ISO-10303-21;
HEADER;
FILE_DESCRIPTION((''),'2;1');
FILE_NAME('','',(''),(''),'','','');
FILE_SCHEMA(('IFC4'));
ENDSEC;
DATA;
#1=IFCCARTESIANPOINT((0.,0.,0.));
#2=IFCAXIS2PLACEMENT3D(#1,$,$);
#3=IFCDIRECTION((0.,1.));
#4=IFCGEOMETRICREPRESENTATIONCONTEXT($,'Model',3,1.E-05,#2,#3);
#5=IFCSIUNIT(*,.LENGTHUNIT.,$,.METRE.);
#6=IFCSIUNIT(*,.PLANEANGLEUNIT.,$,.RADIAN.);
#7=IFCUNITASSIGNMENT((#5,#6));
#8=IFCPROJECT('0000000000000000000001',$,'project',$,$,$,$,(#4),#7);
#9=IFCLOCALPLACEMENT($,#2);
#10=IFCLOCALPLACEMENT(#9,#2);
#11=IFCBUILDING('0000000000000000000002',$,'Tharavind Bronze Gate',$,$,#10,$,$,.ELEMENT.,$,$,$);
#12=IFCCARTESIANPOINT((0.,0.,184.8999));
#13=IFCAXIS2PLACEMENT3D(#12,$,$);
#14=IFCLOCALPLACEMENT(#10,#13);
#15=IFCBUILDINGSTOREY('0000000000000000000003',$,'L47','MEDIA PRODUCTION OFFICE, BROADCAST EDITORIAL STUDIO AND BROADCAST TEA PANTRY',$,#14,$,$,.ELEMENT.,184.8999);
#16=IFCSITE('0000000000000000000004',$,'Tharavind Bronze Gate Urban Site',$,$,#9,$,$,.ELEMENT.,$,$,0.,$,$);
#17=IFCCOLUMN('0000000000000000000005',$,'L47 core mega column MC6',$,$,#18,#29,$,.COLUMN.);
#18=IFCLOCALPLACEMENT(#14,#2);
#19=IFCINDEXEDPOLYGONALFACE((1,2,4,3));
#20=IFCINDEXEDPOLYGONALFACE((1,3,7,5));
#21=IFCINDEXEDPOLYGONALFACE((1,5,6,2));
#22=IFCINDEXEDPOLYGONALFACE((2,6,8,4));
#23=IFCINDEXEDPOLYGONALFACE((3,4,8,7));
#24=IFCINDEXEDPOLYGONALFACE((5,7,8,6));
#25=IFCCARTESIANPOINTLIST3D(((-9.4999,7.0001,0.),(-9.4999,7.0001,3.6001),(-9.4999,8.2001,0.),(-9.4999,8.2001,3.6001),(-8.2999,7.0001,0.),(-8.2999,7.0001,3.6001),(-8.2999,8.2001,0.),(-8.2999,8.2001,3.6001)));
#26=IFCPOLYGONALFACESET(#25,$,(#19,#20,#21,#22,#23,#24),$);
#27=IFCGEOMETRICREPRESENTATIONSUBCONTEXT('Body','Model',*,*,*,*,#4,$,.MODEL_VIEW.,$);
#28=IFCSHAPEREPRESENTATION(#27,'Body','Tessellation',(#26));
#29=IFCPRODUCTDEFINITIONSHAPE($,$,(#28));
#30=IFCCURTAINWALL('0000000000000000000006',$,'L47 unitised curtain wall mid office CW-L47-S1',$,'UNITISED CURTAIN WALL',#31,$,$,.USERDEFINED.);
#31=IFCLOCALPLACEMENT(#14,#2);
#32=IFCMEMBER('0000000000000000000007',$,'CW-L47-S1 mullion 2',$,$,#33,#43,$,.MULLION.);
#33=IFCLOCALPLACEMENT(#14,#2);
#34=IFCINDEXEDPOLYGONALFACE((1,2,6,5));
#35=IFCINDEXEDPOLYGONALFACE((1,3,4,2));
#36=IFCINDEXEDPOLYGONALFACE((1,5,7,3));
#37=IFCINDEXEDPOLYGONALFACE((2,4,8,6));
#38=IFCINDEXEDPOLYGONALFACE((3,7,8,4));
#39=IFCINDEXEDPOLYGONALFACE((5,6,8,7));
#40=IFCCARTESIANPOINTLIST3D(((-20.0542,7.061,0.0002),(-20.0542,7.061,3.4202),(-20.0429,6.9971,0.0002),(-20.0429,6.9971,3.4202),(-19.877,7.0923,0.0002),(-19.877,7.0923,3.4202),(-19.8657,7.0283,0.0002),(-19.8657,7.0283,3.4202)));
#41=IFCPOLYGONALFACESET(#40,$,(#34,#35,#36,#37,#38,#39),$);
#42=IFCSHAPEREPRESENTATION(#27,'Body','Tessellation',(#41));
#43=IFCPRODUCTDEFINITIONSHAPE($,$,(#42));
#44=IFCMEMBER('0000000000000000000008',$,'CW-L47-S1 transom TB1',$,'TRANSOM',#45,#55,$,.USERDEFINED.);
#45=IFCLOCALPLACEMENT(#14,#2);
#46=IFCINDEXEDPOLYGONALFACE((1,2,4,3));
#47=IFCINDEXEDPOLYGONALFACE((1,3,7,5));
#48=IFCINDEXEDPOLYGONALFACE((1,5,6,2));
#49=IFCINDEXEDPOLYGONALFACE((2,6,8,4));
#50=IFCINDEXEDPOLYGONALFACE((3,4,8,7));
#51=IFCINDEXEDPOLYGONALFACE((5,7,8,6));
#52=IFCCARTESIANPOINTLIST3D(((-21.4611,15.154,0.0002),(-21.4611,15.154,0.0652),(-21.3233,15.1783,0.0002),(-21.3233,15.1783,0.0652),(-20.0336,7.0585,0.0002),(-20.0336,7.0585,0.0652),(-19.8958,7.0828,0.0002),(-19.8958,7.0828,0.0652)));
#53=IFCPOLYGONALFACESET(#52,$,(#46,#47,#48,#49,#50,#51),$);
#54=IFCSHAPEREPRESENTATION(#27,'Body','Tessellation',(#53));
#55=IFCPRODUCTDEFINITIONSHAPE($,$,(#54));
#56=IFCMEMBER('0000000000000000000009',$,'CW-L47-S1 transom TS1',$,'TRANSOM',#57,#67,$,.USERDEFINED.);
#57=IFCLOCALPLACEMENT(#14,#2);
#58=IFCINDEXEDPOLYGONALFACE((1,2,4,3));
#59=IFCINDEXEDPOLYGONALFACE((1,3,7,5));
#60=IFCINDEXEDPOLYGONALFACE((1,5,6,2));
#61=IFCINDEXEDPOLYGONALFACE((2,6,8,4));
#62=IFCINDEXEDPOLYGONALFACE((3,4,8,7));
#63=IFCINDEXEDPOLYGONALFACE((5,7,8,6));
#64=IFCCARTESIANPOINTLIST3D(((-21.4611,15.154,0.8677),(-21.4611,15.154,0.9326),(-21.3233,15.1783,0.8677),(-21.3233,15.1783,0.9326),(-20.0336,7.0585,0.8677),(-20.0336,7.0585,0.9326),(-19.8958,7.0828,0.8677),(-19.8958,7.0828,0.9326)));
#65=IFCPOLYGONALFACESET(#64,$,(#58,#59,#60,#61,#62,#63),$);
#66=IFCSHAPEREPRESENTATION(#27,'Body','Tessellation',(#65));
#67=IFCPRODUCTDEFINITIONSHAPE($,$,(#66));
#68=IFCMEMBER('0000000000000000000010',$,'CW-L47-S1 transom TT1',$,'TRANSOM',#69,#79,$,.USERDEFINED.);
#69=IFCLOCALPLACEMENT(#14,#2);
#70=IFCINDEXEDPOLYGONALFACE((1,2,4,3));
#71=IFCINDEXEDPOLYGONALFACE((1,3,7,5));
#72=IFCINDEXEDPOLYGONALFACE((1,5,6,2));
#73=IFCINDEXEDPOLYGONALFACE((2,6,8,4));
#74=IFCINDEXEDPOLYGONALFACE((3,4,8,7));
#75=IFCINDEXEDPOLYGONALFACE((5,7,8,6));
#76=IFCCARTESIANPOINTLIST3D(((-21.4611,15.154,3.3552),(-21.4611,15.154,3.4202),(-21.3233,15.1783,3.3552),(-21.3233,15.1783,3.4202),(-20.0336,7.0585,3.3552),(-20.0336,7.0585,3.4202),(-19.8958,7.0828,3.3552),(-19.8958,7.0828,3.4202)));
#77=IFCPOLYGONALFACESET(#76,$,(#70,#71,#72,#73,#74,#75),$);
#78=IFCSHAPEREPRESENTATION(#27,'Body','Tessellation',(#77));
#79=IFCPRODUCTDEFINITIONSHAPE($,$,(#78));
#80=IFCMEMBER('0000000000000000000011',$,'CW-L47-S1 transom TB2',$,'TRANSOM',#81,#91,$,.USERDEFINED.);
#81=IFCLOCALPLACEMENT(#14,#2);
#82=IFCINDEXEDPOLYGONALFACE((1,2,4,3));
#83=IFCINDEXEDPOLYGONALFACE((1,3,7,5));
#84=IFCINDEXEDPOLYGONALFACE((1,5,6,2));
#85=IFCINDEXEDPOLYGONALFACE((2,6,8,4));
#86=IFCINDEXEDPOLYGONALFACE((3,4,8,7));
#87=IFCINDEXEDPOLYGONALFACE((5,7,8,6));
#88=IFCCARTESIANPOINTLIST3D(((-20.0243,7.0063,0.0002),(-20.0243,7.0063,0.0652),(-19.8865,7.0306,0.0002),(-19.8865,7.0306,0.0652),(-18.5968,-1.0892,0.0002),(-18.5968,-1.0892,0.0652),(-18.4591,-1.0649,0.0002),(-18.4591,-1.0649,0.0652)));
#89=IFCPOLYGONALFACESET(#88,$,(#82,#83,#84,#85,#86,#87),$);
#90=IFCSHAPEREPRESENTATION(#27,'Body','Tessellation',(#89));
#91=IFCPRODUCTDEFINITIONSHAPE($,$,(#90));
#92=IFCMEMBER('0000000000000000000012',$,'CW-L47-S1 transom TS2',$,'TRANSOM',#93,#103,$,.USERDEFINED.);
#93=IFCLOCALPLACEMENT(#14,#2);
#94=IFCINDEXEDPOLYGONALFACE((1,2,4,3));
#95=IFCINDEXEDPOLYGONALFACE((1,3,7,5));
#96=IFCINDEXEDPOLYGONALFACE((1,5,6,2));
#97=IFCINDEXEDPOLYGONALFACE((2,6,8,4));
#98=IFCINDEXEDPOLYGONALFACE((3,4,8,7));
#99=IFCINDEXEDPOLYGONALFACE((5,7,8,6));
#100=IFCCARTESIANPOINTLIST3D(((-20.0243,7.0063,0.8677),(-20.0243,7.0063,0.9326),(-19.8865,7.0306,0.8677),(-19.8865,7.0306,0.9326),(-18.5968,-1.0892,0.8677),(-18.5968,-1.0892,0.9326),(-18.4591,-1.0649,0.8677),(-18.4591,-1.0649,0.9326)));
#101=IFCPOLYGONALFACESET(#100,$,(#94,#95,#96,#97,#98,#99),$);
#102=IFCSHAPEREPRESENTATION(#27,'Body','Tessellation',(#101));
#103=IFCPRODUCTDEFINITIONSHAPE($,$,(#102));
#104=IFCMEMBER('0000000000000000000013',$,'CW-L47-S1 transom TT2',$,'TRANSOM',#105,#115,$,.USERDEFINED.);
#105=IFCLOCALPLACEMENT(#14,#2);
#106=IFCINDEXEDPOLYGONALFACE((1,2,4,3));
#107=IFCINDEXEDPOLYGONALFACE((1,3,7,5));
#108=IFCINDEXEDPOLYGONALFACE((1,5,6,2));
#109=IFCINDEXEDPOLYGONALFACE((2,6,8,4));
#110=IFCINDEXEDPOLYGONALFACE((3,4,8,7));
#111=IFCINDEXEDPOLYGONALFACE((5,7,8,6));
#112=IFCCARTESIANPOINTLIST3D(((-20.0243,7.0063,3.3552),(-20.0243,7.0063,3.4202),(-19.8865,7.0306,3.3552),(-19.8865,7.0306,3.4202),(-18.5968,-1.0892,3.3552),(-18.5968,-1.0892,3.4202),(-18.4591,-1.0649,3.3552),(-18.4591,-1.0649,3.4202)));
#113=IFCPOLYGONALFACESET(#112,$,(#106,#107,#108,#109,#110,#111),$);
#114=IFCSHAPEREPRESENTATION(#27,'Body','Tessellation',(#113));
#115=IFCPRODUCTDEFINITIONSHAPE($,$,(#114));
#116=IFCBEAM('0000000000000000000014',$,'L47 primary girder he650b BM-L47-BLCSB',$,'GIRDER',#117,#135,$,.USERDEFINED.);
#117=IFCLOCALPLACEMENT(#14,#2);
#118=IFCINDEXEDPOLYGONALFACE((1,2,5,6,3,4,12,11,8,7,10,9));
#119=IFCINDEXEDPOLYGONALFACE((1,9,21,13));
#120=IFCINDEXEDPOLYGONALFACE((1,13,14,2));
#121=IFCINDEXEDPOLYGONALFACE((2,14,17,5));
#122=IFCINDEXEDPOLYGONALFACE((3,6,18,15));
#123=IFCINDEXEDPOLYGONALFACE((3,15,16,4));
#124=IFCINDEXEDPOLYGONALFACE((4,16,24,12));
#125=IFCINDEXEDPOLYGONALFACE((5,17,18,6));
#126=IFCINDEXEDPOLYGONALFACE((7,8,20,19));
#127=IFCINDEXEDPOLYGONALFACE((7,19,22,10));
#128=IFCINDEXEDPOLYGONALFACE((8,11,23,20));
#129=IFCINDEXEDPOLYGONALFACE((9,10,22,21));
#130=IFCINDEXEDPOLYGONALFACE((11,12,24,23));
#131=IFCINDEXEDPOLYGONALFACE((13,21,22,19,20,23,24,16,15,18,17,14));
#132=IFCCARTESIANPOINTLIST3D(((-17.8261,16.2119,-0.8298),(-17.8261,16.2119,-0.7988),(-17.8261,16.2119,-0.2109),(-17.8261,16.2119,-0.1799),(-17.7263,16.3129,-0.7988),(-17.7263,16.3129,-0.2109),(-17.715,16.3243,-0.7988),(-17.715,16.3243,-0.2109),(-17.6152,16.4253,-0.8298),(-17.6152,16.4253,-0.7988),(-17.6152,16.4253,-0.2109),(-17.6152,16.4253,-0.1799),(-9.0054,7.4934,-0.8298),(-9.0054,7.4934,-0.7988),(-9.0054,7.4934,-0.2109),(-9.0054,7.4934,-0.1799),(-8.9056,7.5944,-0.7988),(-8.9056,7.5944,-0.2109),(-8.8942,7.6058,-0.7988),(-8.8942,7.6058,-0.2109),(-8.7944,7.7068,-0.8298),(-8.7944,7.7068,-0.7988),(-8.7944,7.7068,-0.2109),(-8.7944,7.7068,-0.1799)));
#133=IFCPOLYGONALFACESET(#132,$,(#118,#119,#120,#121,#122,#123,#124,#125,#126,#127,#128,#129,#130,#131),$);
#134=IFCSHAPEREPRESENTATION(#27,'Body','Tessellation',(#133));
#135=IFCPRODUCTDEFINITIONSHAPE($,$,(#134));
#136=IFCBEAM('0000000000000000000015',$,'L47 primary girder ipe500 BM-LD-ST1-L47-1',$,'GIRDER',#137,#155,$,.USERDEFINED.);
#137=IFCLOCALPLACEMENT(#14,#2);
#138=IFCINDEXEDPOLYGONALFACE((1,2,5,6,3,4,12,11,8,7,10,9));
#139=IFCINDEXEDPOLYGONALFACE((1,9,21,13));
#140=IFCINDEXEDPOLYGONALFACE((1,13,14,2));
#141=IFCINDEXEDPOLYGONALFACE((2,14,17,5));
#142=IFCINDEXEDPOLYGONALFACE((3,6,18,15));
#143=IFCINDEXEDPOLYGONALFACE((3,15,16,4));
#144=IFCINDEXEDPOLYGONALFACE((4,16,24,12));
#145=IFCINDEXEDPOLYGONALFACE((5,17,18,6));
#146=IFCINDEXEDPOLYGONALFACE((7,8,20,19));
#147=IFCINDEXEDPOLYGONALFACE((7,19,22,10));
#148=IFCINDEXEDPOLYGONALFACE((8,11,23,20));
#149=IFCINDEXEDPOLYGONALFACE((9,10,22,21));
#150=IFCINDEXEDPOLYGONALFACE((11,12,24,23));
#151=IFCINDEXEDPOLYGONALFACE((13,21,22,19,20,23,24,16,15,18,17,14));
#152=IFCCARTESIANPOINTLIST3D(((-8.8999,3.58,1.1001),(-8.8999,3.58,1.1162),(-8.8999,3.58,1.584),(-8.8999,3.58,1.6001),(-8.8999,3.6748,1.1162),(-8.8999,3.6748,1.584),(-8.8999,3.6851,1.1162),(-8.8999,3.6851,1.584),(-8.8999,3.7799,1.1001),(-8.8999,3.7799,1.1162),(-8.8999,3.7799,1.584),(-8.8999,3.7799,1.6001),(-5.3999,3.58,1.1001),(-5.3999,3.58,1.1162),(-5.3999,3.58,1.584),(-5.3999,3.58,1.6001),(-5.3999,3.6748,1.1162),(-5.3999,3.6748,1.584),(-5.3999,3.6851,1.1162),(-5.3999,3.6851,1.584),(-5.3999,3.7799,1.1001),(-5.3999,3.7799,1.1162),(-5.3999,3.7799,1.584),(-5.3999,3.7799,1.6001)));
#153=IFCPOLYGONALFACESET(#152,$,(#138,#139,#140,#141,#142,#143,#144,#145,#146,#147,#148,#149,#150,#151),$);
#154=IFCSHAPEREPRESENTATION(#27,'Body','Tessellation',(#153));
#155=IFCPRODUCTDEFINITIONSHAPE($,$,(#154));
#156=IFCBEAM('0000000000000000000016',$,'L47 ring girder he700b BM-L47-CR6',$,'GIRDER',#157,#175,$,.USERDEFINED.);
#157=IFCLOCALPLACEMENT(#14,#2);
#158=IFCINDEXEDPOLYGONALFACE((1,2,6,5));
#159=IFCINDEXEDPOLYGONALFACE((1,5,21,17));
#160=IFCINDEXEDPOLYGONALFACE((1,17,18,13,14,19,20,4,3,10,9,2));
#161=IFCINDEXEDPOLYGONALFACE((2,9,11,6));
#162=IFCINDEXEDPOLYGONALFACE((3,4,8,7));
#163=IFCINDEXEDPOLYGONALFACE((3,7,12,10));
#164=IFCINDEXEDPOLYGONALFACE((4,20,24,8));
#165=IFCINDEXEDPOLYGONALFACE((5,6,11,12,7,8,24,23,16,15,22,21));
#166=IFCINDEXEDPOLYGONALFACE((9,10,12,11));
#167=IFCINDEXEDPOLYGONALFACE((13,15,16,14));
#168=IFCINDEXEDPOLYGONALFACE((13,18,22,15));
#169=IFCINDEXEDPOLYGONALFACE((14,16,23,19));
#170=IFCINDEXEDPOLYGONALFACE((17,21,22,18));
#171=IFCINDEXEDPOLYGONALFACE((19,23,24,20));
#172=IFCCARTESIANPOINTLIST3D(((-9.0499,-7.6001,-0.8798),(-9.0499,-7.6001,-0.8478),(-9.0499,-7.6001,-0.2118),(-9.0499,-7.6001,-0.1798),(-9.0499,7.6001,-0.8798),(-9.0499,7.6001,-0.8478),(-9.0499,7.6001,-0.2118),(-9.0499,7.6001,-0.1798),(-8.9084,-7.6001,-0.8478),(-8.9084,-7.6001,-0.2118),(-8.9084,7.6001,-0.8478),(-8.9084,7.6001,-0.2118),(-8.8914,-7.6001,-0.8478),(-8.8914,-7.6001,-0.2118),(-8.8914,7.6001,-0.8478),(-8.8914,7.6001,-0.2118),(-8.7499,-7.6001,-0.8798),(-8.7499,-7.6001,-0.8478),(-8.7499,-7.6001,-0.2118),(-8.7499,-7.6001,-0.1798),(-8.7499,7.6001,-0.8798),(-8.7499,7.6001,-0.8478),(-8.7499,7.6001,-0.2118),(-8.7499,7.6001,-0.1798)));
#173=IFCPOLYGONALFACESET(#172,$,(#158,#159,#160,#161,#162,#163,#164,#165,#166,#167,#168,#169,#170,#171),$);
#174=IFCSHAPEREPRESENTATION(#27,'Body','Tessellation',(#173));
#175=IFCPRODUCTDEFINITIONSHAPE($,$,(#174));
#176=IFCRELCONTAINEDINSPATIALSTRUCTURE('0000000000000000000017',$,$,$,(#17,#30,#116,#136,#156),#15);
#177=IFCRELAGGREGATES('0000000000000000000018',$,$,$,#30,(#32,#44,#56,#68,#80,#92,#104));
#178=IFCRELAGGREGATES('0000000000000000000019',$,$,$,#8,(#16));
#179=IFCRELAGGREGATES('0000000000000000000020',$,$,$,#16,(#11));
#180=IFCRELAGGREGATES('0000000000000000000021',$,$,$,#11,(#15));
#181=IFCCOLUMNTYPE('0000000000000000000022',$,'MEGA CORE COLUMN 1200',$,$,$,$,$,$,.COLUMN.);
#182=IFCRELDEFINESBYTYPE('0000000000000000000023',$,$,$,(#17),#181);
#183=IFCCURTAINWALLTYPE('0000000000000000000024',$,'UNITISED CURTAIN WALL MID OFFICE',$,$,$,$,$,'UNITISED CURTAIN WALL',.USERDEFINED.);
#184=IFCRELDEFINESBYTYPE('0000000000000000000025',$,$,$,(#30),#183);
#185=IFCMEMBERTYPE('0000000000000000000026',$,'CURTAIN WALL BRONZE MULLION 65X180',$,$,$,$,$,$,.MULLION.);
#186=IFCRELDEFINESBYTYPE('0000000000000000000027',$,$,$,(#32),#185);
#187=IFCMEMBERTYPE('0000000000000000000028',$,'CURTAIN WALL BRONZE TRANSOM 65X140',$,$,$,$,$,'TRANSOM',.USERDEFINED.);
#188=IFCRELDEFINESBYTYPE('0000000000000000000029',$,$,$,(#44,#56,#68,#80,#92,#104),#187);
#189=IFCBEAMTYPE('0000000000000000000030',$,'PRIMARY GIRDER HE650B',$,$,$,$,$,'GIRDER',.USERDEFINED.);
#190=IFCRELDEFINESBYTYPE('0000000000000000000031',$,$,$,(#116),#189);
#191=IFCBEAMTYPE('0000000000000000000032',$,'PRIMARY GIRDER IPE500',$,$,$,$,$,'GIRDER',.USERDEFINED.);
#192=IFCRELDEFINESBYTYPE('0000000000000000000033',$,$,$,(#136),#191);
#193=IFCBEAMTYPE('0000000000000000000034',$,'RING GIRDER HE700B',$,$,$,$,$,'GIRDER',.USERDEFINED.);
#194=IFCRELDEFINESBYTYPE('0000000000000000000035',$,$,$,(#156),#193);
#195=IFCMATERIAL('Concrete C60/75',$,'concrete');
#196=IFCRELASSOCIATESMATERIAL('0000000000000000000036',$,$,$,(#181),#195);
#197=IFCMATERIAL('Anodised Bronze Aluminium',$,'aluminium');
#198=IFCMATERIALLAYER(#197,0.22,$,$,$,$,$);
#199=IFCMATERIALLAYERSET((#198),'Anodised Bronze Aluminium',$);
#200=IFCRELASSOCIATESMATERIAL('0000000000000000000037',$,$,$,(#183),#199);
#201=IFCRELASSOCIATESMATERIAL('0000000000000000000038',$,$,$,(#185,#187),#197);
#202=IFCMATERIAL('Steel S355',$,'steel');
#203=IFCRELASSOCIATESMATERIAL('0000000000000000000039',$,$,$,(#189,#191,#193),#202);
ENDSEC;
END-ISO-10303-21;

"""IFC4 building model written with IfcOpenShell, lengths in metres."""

from ifc_helpers import new_model, si_unit, direction, frame, origin, origin_2d, place, context, subcontext, project, spatial, rectangle, i_section, extrude, material, layer, layer_set, material_profile, profile_set, type_object, element, aggregate, save


model = new_model("IFC4")

# Units and contexts
model_context = context("Model", 3, precision=1e-05, world=origin(), true_north=direction((0.0, 1.0)))
body_context = subcontext(model_context, "Body", "Model", "MODEL_VIEW")
ifc_project = project(units=[si_unit("LENGTHUNIT", "METRE"), si_unit("PLANEANGLEUNIT", "RADIAN")], contexts=[model_context])

# Site, building, storey
site_placement = place(None, origin())
site = spatial("IfcSite", under=ifc_project, at=site_placement, Name="Tharavind Bronze Gate Urban Site", CompositionType="ELEMENT", RefElevation=0.0)
building_placement = place(site_placement, origin())
building = spatial("IfcBuilding", under=site, at=building_placement, Name="Tharavind Bronze Gate", CompositionType="ELEMENT")
storey_placement = place(building_placement, frame((0.0, 0.0, 184.8999)))
storey = spatial("IfcBuildingStorey", under=building, at=storey_placement, Name="L47", Description="MEDIA PRODUCTION OFFICE, BROADCAST EDITORIAL STUDIO AND BROADCAST TEA PANTRY", CompositionType="ELEMENT", Elevation=184.8999)

# Column
ifc_material_1 = material(Name="Concrete C60/75", Category="concrete")
ifc_material_profile_1 = material_profile(ifc_material_1, rectangle(XDim=1.2, YDim=1.2, at=origin_2d()), Name="RCCOL1200")
ifc_profile_set_1 = profile_set([ifc_material_profile_1], Name="Concrete C60/75")
column_type = type_object("IfcColumnType", Name="MEGA CORE COLUMN 1200", PredefinedType="COLUMN", material=ifc_profile_set_1)
column_placement = place(storey_placement, frame((-8.8999, 7.6001, 0.0), z_axis=(0.0, 0.0, 1.0), x_axis=(1.0, 0.0, 0.0)))
element("IfcColumn", 1, at=column_placement, inside=storey, type_object=column_type, Name="L47 core mega column MC6", PredefinedType="COLUMN", context=body_context, shape_type="SweptSolid", body=[
    extrude(rectangle(XDim=1.2, YDim=1.2, at=origin_2d()), origin(), (0.0, 0.0, 1.0), 3.6001),
])

# Curtain wall, members
ifc_material_2 = material(Name="Anodised Bronze Aluminium", Category="aluminium")
ifc_layer_1 = layer(ifc_material_2, 0.22)
ifc_layer_set_1 = layer_set([ifc_layer_1], Name="Anodised Bronze Aluminium")
curtain_wall_type = type_object("IfcCurtainWallType", Name="UNITISED CURTAIN WALL MID OFFICE", ElementType="UNITISED CURTAIN WALL", PredefinedType="USERDEFINED", material=ifc_layer_set_1)
curtain_wall_placement = place(storey_placement, origin())
curtain_wall = element("IfcCurtainWall", 2, at=curtain_wall_placement, inside=storey, type_object=curtain_wall_type, Name="L47 unitised curtain wall mid office CW-L47-S1", ObjectType="UNITISED CURTAIN WALL", PredefinedType="USERDEFINED")
member_type_1 = type_object("IfcMemberType", Name="CURTAIN WALL BRONZE MULLION 65X180", PredefinedType="MULLION", material=ifc_material_2)
member_1_placement = place(storey_placement, frame((-19.96, 7.0447, 0.0002), z_axis=(0.0, 0.0, 1.0), x_axis=(0.173648, -0.984808, 0.0)))
member_1 = element("IfcMember", 3, at=member_1_placement, type_object=member_type_1, Name="CW-L47-S1 mullion 2", PredefinedType="MULLION", context=body_context, shape_type="SweptSolid", body=[
    extrude(rectangle(XDim=0.0649, YDim=0.1799, at=origin_2d()), origin(), (0.0, 0.0, 1.0), 3.4199),
])
member_type_2 = type_object("IfcMemberType", Name="CURTAIN WALL BRONZE TRANSOM 65X140", ElementType="TRANSOM", PredefinedType="USERDEFINED", material=ifc_material_2)
member_2_placement = place(storey_placement, frame((-20.6785, 11.1184, 0.0002), z_axis=(0.0, 0.0, 1.0), x_axis=(0.173648, -0.984808, 0.0)))
member_2 = element("IfcMember", 4, at=member_2_placement, type_object=member_type_2, Name="CW-L47-S1 transom TB1", ObjectType="TRANSOM", PredefinedType="USERDEFINED", context=body_context, shape_type="SweptSolid", body=[
    extrude(rectangle(XDim=8.2205, YDim=0.1399, at=origin_2d()), origin(), (0.0, 0.0, 1.0), 0.0649),
])
member_3_placement = place(storey_placement, frame((-20.6785, 11.1184, 0.8677), z_axis=(0.0, 0.0, 1.0), x_axis=(0.173648, -0.984808, 0.0)))
member_3 = element("IfcMember", 5, at=member_3_placement, type_object=member_type_2, Name="CW-L47-S1 transom TS1", ObjectType="TRANSOM", PredefinedType="USERDEFINED", context=body_context, shape_type="SweptSolid", body=[
    extrude(rectangle(XDim=8.2205, YDim=0.1399, at=origin_2d()), origin(), (0.0, 0.0, 1.0), 0.0649),
])
member_4_placement = place(storey_placement, frame((-20.6785, 11.1184, 3.3552), z_axis=(0.0, 0.0, 1.0), x_axis=(0.173648, -0.984808, 0.0)))
member_4 = element("IfcMember", 6, at=member_4_placement, type_object=member_type_2, Name="CW-L47-S1 transom TT1", ObjectType="TRANSOM", PredefinedType="USERDEFINED", context=body_context, shape_type="SweptSolid", body=[
    extrude(rectangle(XDim=8.2205, YDim=0.1399, at=origin_2d()), origin(), (0.0, 0.0, 1.0), 0.0649),
])
member_5_placement = place(storey_placement, frame((-19.2417, 2.9707, 0.0002), z_axis=(0.0, 0.0, 1.0), x_axis=(0.173648, -0.984808, 0.0)))
member_5 = element("IfcMember", 7, at=member_5_placement, type_object=member_type_2, Name="CW-L47-S1 transom TB2", ObjectType="TRANSOM", PredefinedType="USERDEFINED", context=body_context, shape_type="SweptSolid", body=[
    extrude(rectangle(XDim=8.2205, YDim=0.1399, at=origin_2d()), origin(), (0.0, 0.0, 1.0), 0.0649),
])
member_6_placement = place(storey_placement, frame((-19.2417, 2.9707, 0.8677), z_axis=(0.0, 0.0, 1.0), x_axis=(0.173648, -0.984808, 0.0)))
member_6 = element("IfcMember", 8, at=member_6_placement, type_object=member_type_2, Name="CW-L47-S1 transom TS2", ObjectType="TRANSOM", PredefinedType="USERDEFINED", context=body_context, shape_type="SweptSolid", body=[
    extrude(rectangle(XDim=8.2205, YDim=0.1399, at=origin_2d()), origin(), (0.0, 0.0, 1.0), 0.0649),
])
member_7_placement = place(storey_placement, frame((-19.2417, 2.9707, 3.3552), z_axis=(0.0, 0.0, 1.0), x_axis=(0.173648, -0.984808, 0.0)))
member_7 = element("IfcMember", 9, at=member_7_placement, type_object=member_type_2, Name="CW-L47-S1 transom TT2", ObjectType="TRANSOM", PredefinedType="USERDEFINED", context=body_context, shape_type="SweptSolid", body=[
    extrude(rectangle(XDim=8.2205, YDim=0.1399, at=origin_2d()), origin(), (0.0, 0.0, 1.0), 0.0649),
])

# Beams
ifc_material_3 = material(Name="Steel S355", Category="steel")
ifc_material_profile_2 = material_profile(ifc_material_3, i_section(OverallWidth=0.3, OverallDepth=0.6499, WebThickness=0.0161, FlangeThickness=0.031, at=origin_2d()), Name="HE650B")
ifc_profile_set_2 = profile_set([ifc_material_profile_2], Name="Steel S355")
beam_type_1 = type_object("IfcBeamType", Name="PRIMARY GIRDER HE650B", ElementType="GIRDER", PredefinedType="USERDEFINED", material=ifc_profile_set_2)
beam_1_placement = place(storey_placement, frame((-8.8999, 7.6001, -0.5049), z_axis=(-0.711219, 0.702971, 0.0), x_axis=(-0.702971, -0.711219, 0.0)))
element("IfcBeam", 10, at=beam_1_placement, inside=storey, type_object=beam_type_1, Name="L47 primary girder he650b BM-L47-BLCSB", ObjectType="GIRDER", PredefinedType="USERDEFINED", context=body_context, shape_type="SweptSolid", body=[
    extrude(i_section(OverallWidth=0.3, OverallDepth=0.6499, WebThickness=0.0161, FlangeThickness=0.031, at=origin_2d()), origin(), (0.0, 0.0, 1.0), 12.4023),
])
ifc_material_profile_3 = material_profile(ifc_material_3, i_section(OverallWidth=0.2, OverallDepth=0.5, WebThickness=0.0103, FlangeThickness=0.0161, at=origin_2d()), Name="IPE500")
ifc_profile_set_3 = profile_set([ifc_material_profile_3], Name="Steel S355")
beam_type_2 = type_object("IfcBeamType", Name="PRIMARY GIRDER IPE500", ElementType="GIRDER", PredefinedType="USERDEFINED", material=ifc_profile_set_3)
beam_2_placement = place(storey_placement, frame((-8.8999, 3.6799, 1.3501), z_axis=(1.0, 0.0, 0.0), x_axis=(0.0, 1.0, 0.0)))
element("IfcBeam", 11, at=beam_2_placement, inside=storey, type_object=beam_type_2, Name="L47 primary girder ipe500 BM-LD-ST1-L47-1", ObjectType="GIRDER", PredefinedType="USERDEFINED", context=body_context, shape_type="SweptSolid", body=[
    extrude(i_section(OverallWidth=0.2, OverallDepth=0.5, WebThickness=0.0103, FlangeThickness=0.0161, at=origin_2d()), origin(), (0.0, 0.0, 1.0), 3.5),
])
ifc_material_profile_4 = material_profile(ifc_material_3, i_section(OverallWidth=0.3, OverallDepth=0.7, WebThickness=0.0171, FlangeThickness=0.032, at=origin_2d()), Name="HE700B")
ifc_profile_set_4 = profile_set([ifc_material_profile_4], Name="Steel S355")
beam_type_3 = type_object("IfcBeamType", Name="RING GIRDER HE700B", ElementType="GIRDER", PredefinedType="USERDEFINED", material=ifc_profile_set_4)
beam_3_placement = place(storey_placement, frame((-8.8999, 7.6001, -0.5298), z_axis=(0.0, -1.0, 0.0), x_axis=(1.0, 0.0, 0.0)))
element("IfcBeam", 12, at=beam_3_placement, inside=storey, type_object=beam_type_3, Name="L47 ring girder he700b BM-L47-CR6", ObjectType="GIRDER", PredefinedType="USERDEFINED", context=body_context, shape_type="SweptSolid", body=[
    extrude(i_section(OverallWidth=0.3, OverallDepth=0.7, WebThickness=0.0171, FlangeThickness=0.032, at=origin_2d()), origin(), (0.0, 0.0, 1.0), 15.2002),
])

aggregate(curtain_wall, [member_1, member_2, member_3, member_4, member_5, member_6, member_7])

save(model, "model.ifc")
